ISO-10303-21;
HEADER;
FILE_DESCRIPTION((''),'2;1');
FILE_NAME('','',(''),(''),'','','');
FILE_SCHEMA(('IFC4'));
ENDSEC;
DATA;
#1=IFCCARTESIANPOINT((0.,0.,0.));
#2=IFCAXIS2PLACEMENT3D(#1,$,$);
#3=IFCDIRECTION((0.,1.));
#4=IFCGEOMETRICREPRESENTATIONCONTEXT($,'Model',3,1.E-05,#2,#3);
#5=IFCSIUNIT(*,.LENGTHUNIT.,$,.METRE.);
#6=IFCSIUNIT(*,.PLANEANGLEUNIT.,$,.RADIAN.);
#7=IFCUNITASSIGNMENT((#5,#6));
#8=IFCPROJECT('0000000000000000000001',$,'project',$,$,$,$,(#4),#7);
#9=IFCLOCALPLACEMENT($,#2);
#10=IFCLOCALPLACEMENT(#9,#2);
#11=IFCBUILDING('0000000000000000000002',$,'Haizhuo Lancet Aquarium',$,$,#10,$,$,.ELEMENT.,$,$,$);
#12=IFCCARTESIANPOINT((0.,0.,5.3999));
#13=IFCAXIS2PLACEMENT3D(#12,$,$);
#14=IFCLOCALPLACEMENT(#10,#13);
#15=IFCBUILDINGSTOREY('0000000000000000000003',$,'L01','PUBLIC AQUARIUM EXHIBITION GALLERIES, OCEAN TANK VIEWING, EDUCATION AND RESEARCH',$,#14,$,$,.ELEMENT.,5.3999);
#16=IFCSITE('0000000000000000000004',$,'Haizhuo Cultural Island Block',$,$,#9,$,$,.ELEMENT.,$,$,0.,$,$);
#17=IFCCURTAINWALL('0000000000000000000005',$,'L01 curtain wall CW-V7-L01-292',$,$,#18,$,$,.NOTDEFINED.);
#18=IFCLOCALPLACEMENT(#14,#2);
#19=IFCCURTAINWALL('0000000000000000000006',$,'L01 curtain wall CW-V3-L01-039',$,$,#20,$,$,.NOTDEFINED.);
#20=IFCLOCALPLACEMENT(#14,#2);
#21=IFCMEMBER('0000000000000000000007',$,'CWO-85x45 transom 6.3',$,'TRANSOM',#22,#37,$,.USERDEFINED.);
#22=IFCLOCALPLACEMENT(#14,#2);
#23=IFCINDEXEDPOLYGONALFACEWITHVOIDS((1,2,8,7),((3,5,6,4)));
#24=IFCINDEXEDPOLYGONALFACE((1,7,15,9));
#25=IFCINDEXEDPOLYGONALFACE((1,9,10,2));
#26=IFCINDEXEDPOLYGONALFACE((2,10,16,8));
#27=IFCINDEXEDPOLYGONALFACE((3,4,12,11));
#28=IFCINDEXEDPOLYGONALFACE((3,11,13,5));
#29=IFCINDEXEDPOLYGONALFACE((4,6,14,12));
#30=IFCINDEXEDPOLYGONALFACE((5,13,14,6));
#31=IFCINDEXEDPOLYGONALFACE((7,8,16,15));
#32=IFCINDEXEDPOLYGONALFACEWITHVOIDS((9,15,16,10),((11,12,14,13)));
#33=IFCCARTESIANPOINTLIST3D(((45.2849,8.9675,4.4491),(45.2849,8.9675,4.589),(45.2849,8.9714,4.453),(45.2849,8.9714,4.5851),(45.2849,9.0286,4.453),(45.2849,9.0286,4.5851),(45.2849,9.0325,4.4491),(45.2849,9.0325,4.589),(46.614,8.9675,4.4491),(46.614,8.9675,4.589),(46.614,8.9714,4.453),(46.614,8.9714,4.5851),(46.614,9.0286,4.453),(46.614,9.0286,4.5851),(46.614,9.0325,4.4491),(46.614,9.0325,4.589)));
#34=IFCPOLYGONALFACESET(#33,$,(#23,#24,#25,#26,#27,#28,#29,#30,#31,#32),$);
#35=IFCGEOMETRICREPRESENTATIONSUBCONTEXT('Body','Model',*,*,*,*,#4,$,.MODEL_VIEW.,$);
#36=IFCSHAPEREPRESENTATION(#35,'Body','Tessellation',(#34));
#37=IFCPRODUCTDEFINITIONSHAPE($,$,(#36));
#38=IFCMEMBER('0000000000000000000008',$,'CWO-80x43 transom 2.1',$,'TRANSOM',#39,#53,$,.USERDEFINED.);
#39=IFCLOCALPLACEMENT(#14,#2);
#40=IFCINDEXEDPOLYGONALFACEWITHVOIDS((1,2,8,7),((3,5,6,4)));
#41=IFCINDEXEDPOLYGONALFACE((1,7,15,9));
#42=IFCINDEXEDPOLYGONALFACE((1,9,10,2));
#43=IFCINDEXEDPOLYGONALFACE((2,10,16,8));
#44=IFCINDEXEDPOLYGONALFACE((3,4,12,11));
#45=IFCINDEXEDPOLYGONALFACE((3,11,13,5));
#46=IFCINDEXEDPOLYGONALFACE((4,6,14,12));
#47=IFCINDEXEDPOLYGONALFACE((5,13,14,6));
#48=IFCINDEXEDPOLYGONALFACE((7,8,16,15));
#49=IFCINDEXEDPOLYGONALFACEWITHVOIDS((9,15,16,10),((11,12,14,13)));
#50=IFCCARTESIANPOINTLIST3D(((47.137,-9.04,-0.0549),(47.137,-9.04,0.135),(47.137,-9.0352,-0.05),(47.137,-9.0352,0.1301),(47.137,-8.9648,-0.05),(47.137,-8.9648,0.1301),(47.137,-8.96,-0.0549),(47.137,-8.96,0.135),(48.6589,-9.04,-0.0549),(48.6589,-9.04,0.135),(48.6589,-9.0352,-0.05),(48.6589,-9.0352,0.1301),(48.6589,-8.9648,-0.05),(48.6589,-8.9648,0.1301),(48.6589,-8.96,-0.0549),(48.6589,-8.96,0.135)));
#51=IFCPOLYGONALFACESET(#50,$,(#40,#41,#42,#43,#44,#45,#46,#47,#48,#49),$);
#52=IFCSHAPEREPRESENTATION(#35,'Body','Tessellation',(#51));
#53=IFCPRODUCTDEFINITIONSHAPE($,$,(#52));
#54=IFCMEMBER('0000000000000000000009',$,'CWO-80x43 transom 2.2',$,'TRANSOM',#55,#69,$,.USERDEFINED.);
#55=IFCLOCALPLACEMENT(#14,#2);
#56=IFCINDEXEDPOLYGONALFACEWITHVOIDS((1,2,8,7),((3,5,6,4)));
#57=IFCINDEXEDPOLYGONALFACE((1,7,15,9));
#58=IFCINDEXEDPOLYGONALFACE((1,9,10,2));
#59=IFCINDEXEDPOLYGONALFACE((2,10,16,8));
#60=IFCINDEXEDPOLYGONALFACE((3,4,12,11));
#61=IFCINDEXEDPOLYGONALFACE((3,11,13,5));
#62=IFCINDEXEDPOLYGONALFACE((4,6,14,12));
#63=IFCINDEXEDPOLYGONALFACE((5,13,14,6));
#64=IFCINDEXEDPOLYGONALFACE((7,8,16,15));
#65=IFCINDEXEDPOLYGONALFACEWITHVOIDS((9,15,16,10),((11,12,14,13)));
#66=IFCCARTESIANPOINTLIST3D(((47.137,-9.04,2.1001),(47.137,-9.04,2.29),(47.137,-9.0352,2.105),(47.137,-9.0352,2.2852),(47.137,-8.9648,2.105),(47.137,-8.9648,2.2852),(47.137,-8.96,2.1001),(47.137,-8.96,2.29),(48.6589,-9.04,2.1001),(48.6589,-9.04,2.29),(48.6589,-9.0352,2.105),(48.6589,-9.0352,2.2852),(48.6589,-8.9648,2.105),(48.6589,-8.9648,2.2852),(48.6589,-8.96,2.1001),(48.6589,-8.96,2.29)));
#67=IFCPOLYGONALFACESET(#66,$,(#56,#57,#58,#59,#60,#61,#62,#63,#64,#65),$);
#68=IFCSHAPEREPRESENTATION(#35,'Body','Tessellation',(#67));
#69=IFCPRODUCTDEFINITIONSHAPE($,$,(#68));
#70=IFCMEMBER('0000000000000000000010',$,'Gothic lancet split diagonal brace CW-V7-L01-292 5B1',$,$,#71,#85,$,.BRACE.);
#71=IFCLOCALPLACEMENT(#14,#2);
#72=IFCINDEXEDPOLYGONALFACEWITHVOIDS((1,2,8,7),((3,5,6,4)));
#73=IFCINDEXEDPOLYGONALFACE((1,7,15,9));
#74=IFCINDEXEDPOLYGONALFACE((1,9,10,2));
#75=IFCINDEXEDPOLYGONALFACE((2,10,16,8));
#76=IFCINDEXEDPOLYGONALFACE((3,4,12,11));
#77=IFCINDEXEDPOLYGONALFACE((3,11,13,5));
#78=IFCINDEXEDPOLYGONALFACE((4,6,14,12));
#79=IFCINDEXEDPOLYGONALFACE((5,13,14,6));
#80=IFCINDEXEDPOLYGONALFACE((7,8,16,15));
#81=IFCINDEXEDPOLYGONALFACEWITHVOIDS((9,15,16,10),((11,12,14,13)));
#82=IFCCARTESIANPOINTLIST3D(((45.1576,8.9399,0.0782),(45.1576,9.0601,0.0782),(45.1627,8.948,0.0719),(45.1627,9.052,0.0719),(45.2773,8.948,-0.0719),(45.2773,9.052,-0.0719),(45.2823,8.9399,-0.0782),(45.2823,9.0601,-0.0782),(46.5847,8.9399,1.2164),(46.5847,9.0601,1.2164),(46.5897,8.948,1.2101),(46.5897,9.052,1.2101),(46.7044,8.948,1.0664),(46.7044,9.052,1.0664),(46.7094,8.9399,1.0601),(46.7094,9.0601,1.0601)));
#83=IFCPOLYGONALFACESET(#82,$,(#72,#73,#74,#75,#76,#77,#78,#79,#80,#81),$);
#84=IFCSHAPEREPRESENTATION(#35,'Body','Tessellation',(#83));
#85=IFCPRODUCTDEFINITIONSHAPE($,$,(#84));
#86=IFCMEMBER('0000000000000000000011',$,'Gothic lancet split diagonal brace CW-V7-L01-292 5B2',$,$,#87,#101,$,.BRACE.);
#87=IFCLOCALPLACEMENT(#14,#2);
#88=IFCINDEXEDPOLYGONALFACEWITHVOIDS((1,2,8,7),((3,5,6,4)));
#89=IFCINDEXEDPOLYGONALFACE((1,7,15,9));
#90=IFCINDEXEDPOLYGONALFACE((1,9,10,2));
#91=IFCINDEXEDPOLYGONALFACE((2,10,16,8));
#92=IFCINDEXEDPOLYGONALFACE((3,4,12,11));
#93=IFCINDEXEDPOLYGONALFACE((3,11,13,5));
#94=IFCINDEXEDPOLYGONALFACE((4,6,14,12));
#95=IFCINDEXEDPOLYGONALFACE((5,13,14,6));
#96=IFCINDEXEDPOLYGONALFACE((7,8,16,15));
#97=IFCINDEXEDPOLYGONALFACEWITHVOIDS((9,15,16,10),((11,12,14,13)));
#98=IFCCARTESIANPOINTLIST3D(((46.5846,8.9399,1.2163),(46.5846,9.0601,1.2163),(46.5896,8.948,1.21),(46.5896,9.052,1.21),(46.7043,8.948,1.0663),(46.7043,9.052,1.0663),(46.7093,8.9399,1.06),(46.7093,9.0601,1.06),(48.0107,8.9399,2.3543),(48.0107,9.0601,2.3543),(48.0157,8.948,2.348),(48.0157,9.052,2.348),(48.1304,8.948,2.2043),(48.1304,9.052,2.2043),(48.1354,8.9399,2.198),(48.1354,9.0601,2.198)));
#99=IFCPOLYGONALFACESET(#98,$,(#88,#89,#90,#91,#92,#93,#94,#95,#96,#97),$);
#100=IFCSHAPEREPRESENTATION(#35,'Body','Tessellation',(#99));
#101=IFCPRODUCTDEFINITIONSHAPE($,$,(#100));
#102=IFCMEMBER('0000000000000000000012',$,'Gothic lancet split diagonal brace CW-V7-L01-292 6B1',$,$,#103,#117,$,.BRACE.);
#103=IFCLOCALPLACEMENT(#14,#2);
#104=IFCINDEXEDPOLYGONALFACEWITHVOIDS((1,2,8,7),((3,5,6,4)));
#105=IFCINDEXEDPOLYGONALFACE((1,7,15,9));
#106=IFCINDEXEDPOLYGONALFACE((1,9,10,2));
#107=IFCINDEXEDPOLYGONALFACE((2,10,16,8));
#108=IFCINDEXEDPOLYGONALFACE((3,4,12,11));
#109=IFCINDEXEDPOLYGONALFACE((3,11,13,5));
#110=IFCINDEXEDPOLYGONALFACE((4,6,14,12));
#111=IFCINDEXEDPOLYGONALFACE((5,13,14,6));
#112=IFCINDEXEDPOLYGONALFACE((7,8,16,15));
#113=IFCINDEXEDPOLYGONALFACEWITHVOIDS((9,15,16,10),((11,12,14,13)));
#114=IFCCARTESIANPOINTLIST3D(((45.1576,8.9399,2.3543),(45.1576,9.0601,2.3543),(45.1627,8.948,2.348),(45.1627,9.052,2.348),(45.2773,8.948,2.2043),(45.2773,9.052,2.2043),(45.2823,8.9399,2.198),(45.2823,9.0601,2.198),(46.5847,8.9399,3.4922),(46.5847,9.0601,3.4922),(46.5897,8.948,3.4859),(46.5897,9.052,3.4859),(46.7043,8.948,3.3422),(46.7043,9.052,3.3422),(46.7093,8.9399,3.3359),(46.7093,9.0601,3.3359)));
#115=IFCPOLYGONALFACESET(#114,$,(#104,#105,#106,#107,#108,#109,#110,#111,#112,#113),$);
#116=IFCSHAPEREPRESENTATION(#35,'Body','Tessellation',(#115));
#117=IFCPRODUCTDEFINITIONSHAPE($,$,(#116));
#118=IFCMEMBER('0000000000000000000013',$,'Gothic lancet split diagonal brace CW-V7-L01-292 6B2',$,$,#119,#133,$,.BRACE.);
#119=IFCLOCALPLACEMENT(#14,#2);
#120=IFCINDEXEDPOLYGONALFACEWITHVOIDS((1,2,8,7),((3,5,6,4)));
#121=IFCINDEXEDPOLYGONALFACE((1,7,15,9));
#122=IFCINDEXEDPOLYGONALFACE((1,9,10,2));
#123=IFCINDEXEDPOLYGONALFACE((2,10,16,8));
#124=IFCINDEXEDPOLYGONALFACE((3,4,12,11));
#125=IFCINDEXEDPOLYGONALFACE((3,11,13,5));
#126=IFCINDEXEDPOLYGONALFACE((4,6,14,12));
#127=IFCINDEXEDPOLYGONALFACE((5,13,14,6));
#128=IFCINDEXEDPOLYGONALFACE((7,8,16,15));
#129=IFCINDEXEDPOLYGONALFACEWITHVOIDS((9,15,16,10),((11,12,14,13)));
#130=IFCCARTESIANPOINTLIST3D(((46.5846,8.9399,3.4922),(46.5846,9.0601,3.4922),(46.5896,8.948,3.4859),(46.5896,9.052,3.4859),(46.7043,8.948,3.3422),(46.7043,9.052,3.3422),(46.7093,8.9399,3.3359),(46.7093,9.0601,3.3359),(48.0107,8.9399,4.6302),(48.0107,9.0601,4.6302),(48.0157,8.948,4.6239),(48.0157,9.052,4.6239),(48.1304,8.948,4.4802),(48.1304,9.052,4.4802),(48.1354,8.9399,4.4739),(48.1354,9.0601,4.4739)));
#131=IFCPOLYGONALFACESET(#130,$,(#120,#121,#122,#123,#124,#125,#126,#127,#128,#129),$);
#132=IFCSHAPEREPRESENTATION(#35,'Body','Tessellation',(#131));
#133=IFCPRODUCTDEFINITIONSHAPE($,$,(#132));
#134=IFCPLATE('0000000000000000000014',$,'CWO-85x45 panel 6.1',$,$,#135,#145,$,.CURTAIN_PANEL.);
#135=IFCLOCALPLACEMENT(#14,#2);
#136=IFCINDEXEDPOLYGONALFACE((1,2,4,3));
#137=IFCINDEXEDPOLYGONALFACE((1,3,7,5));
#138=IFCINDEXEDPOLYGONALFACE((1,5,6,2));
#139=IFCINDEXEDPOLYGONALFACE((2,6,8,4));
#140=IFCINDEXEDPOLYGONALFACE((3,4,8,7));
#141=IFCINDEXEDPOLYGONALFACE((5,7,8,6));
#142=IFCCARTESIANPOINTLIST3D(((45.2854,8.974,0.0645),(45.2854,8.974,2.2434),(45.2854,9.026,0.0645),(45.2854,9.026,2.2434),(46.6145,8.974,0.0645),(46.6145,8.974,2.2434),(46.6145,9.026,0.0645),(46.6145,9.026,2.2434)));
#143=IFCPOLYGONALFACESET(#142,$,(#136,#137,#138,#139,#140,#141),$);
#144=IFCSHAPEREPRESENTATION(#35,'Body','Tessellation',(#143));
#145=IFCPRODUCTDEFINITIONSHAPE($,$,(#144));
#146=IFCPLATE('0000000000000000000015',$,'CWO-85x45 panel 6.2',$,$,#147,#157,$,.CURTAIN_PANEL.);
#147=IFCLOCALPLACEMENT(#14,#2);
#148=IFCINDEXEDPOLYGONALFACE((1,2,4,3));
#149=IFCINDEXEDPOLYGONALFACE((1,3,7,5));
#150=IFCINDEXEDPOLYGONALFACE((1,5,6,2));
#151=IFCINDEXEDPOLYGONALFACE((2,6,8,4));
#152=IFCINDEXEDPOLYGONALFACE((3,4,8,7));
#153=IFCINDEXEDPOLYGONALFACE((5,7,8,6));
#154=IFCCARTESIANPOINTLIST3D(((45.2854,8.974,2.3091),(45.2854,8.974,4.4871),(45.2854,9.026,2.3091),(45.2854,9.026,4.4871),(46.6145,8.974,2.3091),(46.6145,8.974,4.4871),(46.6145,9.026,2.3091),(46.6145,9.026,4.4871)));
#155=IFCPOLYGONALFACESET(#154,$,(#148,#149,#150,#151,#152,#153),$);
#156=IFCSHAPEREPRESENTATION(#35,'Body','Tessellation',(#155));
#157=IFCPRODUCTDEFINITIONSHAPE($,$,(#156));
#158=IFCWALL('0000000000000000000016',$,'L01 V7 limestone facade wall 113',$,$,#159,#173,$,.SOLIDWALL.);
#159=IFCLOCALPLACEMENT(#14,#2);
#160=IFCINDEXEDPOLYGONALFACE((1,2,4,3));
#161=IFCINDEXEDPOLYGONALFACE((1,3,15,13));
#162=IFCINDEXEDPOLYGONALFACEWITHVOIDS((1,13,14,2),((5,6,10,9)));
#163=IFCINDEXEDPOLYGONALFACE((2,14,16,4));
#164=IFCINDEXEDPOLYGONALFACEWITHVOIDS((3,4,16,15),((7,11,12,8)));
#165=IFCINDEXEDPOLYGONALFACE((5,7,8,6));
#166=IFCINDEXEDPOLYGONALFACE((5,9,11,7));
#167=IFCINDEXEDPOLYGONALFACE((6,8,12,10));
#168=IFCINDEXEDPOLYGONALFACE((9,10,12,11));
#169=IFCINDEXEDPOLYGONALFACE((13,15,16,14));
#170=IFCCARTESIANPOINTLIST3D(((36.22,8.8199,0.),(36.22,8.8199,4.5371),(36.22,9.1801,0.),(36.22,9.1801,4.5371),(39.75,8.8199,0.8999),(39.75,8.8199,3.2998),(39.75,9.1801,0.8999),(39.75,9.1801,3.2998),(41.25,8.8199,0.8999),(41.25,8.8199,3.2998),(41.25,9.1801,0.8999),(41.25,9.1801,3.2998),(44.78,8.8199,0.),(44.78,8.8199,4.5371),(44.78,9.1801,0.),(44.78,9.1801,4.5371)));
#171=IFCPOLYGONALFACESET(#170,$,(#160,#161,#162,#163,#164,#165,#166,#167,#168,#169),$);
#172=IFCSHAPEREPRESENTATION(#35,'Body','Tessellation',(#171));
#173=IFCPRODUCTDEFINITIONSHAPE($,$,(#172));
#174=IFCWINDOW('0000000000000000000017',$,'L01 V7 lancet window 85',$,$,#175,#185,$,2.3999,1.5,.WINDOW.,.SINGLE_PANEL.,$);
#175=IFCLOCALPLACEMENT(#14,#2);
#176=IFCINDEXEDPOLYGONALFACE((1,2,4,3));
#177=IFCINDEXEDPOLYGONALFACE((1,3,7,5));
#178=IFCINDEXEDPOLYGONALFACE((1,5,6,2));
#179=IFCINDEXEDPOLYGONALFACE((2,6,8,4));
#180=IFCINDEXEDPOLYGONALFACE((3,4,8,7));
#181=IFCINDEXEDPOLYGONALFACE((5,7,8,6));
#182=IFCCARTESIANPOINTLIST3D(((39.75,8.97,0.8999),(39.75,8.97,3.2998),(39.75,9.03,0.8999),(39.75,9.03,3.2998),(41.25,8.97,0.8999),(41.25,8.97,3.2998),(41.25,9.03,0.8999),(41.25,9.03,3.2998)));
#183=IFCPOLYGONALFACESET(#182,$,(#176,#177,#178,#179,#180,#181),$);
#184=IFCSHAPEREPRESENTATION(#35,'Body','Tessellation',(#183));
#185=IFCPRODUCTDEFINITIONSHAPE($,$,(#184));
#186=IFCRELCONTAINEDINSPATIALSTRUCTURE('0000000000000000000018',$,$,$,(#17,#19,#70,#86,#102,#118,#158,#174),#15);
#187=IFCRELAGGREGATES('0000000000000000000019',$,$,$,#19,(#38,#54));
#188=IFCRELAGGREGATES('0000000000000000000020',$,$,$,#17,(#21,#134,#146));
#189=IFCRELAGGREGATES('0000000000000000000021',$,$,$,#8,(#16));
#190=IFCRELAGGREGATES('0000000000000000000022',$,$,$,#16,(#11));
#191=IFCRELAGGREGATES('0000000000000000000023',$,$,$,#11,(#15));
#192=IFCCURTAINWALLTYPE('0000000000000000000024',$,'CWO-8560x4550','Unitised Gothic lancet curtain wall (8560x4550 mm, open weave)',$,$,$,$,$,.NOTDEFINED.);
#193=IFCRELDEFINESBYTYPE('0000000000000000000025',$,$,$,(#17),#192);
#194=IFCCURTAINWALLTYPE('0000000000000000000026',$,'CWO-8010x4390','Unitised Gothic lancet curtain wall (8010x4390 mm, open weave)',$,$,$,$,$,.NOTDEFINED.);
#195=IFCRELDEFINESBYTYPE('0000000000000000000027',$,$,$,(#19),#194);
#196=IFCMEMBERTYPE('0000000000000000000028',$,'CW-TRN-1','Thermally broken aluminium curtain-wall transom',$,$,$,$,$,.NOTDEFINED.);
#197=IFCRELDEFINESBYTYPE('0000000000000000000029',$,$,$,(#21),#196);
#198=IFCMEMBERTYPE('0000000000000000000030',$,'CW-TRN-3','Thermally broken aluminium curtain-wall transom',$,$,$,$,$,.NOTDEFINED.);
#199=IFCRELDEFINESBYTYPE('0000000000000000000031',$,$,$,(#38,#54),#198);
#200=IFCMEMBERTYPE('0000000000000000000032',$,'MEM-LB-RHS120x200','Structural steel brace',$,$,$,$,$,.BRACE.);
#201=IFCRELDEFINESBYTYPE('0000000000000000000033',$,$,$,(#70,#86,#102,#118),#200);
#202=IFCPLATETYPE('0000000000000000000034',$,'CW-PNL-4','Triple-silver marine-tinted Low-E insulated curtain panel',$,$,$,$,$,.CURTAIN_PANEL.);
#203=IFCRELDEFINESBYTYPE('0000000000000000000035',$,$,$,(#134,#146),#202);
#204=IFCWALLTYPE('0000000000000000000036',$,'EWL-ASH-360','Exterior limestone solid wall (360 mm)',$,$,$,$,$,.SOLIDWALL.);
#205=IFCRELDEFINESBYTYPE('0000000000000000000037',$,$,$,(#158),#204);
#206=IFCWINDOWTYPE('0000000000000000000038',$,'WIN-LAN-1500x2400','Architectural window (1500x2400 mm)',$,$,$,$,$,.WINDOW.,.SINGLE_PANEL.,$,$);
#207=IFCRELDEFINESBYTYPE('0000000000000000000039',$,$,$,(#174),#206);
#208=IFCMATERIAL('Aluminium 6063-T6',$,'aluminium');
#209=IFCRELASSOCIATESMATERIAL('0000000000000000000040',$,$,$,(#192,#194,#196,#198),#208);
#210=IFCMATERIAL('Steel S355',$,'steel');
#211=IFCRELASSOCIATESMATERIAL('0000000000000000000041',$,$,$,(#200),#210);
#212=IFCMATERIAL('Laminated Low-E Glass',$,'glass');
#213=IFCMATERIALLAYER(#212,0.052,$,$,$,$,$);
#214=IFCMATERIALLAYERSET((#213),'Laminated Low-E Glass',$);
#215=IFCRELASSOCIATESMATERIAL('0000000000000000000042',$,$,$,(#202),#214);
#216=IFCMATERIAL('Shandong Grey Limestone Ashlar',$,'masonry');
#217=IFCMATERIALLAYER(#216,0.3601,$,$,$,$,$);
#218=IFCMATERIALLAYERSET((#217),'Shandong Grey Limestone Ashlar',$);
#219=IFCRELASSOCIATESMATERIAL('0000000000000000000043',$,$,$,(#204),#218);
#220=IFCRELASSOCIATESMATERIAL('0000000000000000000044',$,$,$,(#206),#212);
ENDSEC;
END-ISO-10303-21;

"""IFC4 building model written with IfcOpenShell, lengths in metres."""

from ifc_helpers import new_model, si_unit, direction, frame, frame_2d, origin, origin_2d, place, context, subcontext, project, spatial, rectangle, hollow_rectangle, extrude, material, layer, layer_set, material_profile, profile_set, type_object, element, fill, aggregate, save


model = new_model("IFC4")

# Units and contexts
model_context = context("Model", 3, precision=1e-05, world=origin(), true_north=direction((0.0, 1.0)))
body_context = subcontext(model_context, "Body", "Model", "MODEL_VIEW")
ifc_project = project(units=[si_unit("LENGTHUNIT", "METRE"), si_unit("PLANEANGLEUNIT", "RADIAN")], contexts=[model_context])

# Site, building, storey
site_placement = place(None, origin())
site = spatial("IfcSite", under=ifc_project, at=site_placement, Name="Haizhuo Cultural Island Block", CompositionType="ELEMENT", RefElevation=0.0)
building_placement = place(site_placement, origin())
building = spatial("IfcBuilding", under=site, at=building_placement, Name="Haizhuo Lancet Aquarium", CompositionType="ELEMENT")
storey_placement = place(building_placement, frame((0.0, 0.0, 5.3999)))
storey = spatial("IfcBuildingStorey", under=building, at=storey_placement, Name="L01", Description="PUBLIC AQUARIUM EXHIBITION GALLERIES, OCEAN TANK VIEWING, EDUCATION AND RESEARCH", CompositionType="ELEMENT", Elevation=5.3999)

# Shared definitions
ifc_material_1 = material(Name="Steel S355", Category="steel")

# Curtain wall
ifc_material_2 = material(Name="Aluminium 6063-T6", Category="aluminium")
curtain_wall_type_1 = type_object("IfcCurtainWallType", Name="CWO-8560x4550", Description="Unitised Gothic lancet curtain wall (8560x4550 mm, open weave)", PredefinedType="NOTDEFINED", material=ifc_material_2)
curtain_wall_1_placement = place(storey_placement, origin())
curtain_wall_1 = element("IfcCurtainWall", 1, at=curtain_wall_1_placement, inside=storey, type_object=curtain_wall_type_1, Name="L01 curtain wall CW-V7-L01-292", PredefinedType="NOTDEFINED")

# Curtain wall
curtain_wall_type_2 = type_object("IfcCurtainWallType", Name="CWO-8010x4390", Description="Unitised Gothic lancet curtain wall (8010x4390 mm, open weave)", PredefinedType="NOTDEFINED", material=ifc_material_2)
curtain_wall_2_placement = place(storey_placement, origin())
curtain_wall_2 = element("IfcCurtainWall", 2, at=curtain_wall_2_placement, inside=storey, type_object=curtain_wall_type_2, Name="L01 curtain wall CW-V3-L01-039", PredefinedType="NOTDEFINED")

# Members
ifc_material_profile_1 = material_profile(ifc_material_2, hollow_rectangle(XDim=0.0649, YDim=0.1399, WallThickness=0.0039, at=origin_2d()), Name="ALU-T 65x140x4")
ifc_profile_set_1 = profile_set([ifc_material_profile_1], Name="Aluminium 6063-T6")
member_type_1 = type_object("IfcMemberType", Name="CW-TRN-1", Description="Thermally broken aluminium curtain-wall transom", PredefinedType="NOTDEFINED", material=ifc_profile_set_1)
member_1_placement = place(storey_placement, frame((46.614, 9.0, 4.519), z_axis=(-1.0, 0.0, 0.0), x_axis=(0.0, -1.0, 0.0)))
member_1 = element("IfcMember", 3, at=member_1_placement, type_object=member_type_1, Name="CWO-85x45 transom 6.3", ObjectType="TRANSOM", PredefinedType="USERDEFINED", context=body_context, shape_type="SweptSolid", body=[
    extrude(hollow_rectangle(XDim=0.0649, YDim=0.1399, WallThickness=0.0039, at=origin_2d()), origin(), (0.0, 0.0, 1.0), 1.3291),
])
ifc_material_profile_2 = material_profile(ifc_material_2, hollow_rectangle(XDim=0.0801, YDim=0.1899, WallThickness=0.0049, at=origin_2d()), Name="ALU-T 80x190x5")
ifc_profile_set_2 = profile_set([ifc_material_profile_2], Name="Aluminium 6063-T6")
member_type_2 = type_object("IfcMemberType", Name="CW-TRN-3", Description="Thermally broken aluminium curtain-wall transom", PredefinedType="NOTDEFINED", material=ifc_profile_set_2)
member_2_placement = place(storey_placement, frame((47.137, -9.0, 0.04), z_axis=(1.0, 0.0, 0.0), x_axis=(0.0, 1.0, 0.0)))
member_2 = element("IfcMember", 4, at=member_2_placement, type_object=member_type_2, Name="CWO-80x43 transom 2.1", ObjectType="TRANSOM", PredefinedType="USERDEFINED", context=body_context, shape_type="SweptSolid", body=[
    extrude(hollow_rectangle(XDim=0.0801, YDim=0.1899, WallThickness=0.0049, at=origin_2d()), origin(), (0.0, 0.0, 1.0), 1.522),
])
member_3_placement = place(storey_placement, frame((47.137, -9.0, 2.1951), z_axis=(1.0, 0.0, 0.0), x_axis=(0.0, 1.0, 0.0)))
member_3 = element("IfcMember", 5, at=member_3_placement, type_object=member_type_2, Name="CWO-80x43 transom 2.2", ObjectType="TRANSOM", PredefinedType="USERDEFINED", context=body_context, shape_type="SweptSolid", body=[
    extrude(hollow_rectangle(XDim=0.0801, YDim=0.1899, WallThickness=0.0049, at=origin_2d()), origin(), (0.0, 0.0, 1.0), 1.522),
])
aggregate(curtain_wall_2, [member_2, member_3])

# Members
ifc_material_profile_3 = material_profile(ifc_material_1, hollow_rectangle(XDim=0.1201, YDim=0.2, WallThickness=0.0081, at=origin_2d()), Name="RHS 120x200x8")
ifc_profile_set_3 = profile_set([ifc_material_profile_3], Name="Steel S355")
member_type_3 = type_object("IfcMemberType", Name="MEM-LB-RHS120x200", Description="Structural steel brace", PredefinedType="BRACE", material=ifc_profile_set_3)
member_4_placement = place(storey_placement, frame((45.22, 9.0, 0.0), z_axis=(0.781781, 0.0, 0.623553), x_axis=(0.0, 1.0, 0.0)))
element("IfcMember", 6, at=member_4_placement, inside=storey, type_object=member_type_3, Name="Gothic lancet split diagonal brace CW-V7-L01-292 5B1", PredefinedType="BRACE", context=body_context, shape_type="SweptSolid", body=[
    extrude(hollow_rectangle(XDim=0.1201, YDim=0.2, WallThickness=0.0081, at=origin_2d()), origin(), (0.0, 0.0, 1.0), 1.8254),
])
member_5_placement = place(storey_placement, frame((46.647, 9.0, 1.1382), z_axis=(0.781638, 0.0, 0.623732), x_axis=(0.0, 1.0, 0.0)))
element("IfcMember", 7, at=member_5_placement, inside=storey, type_object=member_type_3, Name="Gothic lancet split diagonal brace CW-V7-L01-292 5B2", PredefinedType="BRACE", context=body_context, shape_type="SweptSolid", body=[
    extrude(hollow_rectangle(XDim=0.1201, YDim=0.2, WallThickness=0.0081, at=origin_2d()), origin(), (0.0, 0.0, 1.0), 1.8245),
])
member_6_placement = place(storey_placement, frame((45.22, 9.0, 2.2761), z_axis=(0.781847, 0.0, 0.623471), x_axis=(0.0, 1.0, 0.0)))
element("IfcMember", 8, at=member_6_placement, inside=storey, type_object=member_type_3, Name="Gothic lancet split diagonal brace CW-V7-L01-292 6B1", PredefinedType="BRACE", context=body_context, shape_type="SweptSolid", body=[
    extrude(hollow_rectangle(XDim=0.1201, YDim=0.2, WallThickness=0.0081, at=origin_2d()), origin(), (0.0, 0.0, 1.0), 1.8252),
])
member_7_placement = place(storey_placement, frame((46.647, 9.0, 3.4141), z_axis=(0.781638, 0.0, 0.623732), x_axis=(0.0, 1.0, 0.0)))
element("IfcMember", 9, at=member_7_placement, inside=storey, type_object=member_type_3, Name="Gothic lancet split diagonal brace CW-V7-L01-292 6B2", PredefinedType="BRACE", context=body_context, shape_type="SweptSolid", body=[
    extrude(hollow_rectangle(XDim=0.1201, YDim=0.2, WallThickness=0.0081, at=origin_2d()), origin(), (0.0, 0.0, 1.0), 1.8245),
])

# Plates
ifc_material_3 = material(Name="Laminated Low-E Glass", Category="glass")
ifc_layer_1 = layer(ifc_material_3, 0.052)
ifc_layer_set_1 = layer_set([ifc_layer_1], Name="Laminated Low-E Glass")
plate_type = type_object("IfcPlateType", Name="CW-PNL-4", Description="Triple-silver marine-tinted Low-E insulated curtain panel", PredefinedType="CURTAIN_PANEL", material=ifc_layer_set_1)
plate_1_placement = place(storey_placement, frame((45.95, 9.0, 0.0645), z_axis=(0.0, 0.0, 1.0), x_axis=(-1.0, 0.0, 0.0)))
plate_1 = element("IfcPlate", 10, at=plate_1_placement, type_object=plate_type, Name="CWO-85x45 panel 6.1", PredefinedType="CURTAIN_PANEL", context=body_context, shape_type="SweptSolid", body=[
    extrude(rectangle(XDim=1.3291, YDim=0.052, at=origin_2d()), origin(), (0.0, 0.0, 1.0), 2.179),
])
plate_2_placement = place(storey_placement, frame((45.95, 9.0, 2.3091), z_axis=(0.0, 0.0, 1.0), x_axis=(-1.0, 0.0, 0.0)))
plate_2 = element("IfcPlate", 11, at=plate_2_placement, type_object=plate_type, Name="CWO-85x45 panel 6.2", PredefinedType="CURTAIN_PANEL", context=body_context, shape_type="SweptSolid", body=[
    extrude(rectangle(XDim=1.3291, YDim=0.052, at=origin_2d()), origin(), (0.0, 0.0, 1.0), 2.178),
])
aggregate(curtain_wall_1, [member_1, plate_1, plate_2])

# Wall, opening, window
ifc_material_4 = material(Name="Shandong Grey Limestone Ashlar", Category="masonry")
ifc_layer_2 = layer(ifc_material_4, 0.3601)
ifc_layer_set_2 = layer_set([ifc_layer_2], Name="Shandong Grey Limestone Ashlar")
wall_type = type_object("IfcWallType", Name="EWL-ASH-360", Description="Exterior limestone solid wall (360 mm)", PredefinedType="SOLIDWALL", material=ifc_layer_set_2)
wall_placement = place(storey_placement, frame((44.78, 9.0, 0.0), z_axis=(0.0, 0.0, 1.0), x_axis=(-1.0, 0.0, 0.0)))
wall = element("IfcWall", 12, at=wall_placement, inside=storey, type_object=wall_type, Name="L01 V7 limestone facade wall 113", PredefinedType="SOLIDWALL", context=body_context, shape_type="SweptSolid", body=[
    extrude(rectangle(XDim=8.5601, YDim=0.3601, at=frame_2d((4.28, 0.0))), origin(), (0.0, 0.0, 1.0), 4.5371),
])
opening_placement = place(wall_placement, frame((3.53, 0.0, 0.8999)))
opening = element("IfcOpeningElement", 13, at=opening_placement, cuts=wall, PredefinedType="OPENING", context=body_context, shape_type="SweptSolid", body=[
    extrude(rectangle(XDim=1.5, YDim=2.3999, at=frame_2d((0.75, 1.2))), frame((0.0, 0.1899, 0.0), z_axis=(0.0, -1.0, 0.0), x_axis=(1.0, 0.0, 0.0)), (0.0, 0.0, 1.0), 0.3801),
])
window_type = type_object("IfcWindowType", Name="WIN-LAN-1500x2400", Description="Architectural window (1500x2400 mm)", PartitioningType="SINGLE_PANEL", PredefinedType="WINDOW", material=ifc_material_3)
window_placement = place(opening_placement, origin())
window = element("IfcWindow", 14, at=window_placement, inside=storey, type_object=window_type, Name="L01 V7 lancet window 85", OverallHeight=2.3999, OverallWidth=1.5, PartitioningType="SINGLE_PANEL", PredefinedType="WINDOW", context=body_context, shape_type="SweptSolid", body=[
    extrude(rectangle(XDim=1.5, YDim=2.3999, at=frame_2d((0.75, 1.2))), frame((0.0, 0.03, 0.0), z_axis=(0.0, -1.0, 0.0), x_axis=(1.0, 0.0, 0.0)), (0.0, 0.0, 1.0), 0.0601),
])
fill(opening, window)

save(model, "model.ifc")
